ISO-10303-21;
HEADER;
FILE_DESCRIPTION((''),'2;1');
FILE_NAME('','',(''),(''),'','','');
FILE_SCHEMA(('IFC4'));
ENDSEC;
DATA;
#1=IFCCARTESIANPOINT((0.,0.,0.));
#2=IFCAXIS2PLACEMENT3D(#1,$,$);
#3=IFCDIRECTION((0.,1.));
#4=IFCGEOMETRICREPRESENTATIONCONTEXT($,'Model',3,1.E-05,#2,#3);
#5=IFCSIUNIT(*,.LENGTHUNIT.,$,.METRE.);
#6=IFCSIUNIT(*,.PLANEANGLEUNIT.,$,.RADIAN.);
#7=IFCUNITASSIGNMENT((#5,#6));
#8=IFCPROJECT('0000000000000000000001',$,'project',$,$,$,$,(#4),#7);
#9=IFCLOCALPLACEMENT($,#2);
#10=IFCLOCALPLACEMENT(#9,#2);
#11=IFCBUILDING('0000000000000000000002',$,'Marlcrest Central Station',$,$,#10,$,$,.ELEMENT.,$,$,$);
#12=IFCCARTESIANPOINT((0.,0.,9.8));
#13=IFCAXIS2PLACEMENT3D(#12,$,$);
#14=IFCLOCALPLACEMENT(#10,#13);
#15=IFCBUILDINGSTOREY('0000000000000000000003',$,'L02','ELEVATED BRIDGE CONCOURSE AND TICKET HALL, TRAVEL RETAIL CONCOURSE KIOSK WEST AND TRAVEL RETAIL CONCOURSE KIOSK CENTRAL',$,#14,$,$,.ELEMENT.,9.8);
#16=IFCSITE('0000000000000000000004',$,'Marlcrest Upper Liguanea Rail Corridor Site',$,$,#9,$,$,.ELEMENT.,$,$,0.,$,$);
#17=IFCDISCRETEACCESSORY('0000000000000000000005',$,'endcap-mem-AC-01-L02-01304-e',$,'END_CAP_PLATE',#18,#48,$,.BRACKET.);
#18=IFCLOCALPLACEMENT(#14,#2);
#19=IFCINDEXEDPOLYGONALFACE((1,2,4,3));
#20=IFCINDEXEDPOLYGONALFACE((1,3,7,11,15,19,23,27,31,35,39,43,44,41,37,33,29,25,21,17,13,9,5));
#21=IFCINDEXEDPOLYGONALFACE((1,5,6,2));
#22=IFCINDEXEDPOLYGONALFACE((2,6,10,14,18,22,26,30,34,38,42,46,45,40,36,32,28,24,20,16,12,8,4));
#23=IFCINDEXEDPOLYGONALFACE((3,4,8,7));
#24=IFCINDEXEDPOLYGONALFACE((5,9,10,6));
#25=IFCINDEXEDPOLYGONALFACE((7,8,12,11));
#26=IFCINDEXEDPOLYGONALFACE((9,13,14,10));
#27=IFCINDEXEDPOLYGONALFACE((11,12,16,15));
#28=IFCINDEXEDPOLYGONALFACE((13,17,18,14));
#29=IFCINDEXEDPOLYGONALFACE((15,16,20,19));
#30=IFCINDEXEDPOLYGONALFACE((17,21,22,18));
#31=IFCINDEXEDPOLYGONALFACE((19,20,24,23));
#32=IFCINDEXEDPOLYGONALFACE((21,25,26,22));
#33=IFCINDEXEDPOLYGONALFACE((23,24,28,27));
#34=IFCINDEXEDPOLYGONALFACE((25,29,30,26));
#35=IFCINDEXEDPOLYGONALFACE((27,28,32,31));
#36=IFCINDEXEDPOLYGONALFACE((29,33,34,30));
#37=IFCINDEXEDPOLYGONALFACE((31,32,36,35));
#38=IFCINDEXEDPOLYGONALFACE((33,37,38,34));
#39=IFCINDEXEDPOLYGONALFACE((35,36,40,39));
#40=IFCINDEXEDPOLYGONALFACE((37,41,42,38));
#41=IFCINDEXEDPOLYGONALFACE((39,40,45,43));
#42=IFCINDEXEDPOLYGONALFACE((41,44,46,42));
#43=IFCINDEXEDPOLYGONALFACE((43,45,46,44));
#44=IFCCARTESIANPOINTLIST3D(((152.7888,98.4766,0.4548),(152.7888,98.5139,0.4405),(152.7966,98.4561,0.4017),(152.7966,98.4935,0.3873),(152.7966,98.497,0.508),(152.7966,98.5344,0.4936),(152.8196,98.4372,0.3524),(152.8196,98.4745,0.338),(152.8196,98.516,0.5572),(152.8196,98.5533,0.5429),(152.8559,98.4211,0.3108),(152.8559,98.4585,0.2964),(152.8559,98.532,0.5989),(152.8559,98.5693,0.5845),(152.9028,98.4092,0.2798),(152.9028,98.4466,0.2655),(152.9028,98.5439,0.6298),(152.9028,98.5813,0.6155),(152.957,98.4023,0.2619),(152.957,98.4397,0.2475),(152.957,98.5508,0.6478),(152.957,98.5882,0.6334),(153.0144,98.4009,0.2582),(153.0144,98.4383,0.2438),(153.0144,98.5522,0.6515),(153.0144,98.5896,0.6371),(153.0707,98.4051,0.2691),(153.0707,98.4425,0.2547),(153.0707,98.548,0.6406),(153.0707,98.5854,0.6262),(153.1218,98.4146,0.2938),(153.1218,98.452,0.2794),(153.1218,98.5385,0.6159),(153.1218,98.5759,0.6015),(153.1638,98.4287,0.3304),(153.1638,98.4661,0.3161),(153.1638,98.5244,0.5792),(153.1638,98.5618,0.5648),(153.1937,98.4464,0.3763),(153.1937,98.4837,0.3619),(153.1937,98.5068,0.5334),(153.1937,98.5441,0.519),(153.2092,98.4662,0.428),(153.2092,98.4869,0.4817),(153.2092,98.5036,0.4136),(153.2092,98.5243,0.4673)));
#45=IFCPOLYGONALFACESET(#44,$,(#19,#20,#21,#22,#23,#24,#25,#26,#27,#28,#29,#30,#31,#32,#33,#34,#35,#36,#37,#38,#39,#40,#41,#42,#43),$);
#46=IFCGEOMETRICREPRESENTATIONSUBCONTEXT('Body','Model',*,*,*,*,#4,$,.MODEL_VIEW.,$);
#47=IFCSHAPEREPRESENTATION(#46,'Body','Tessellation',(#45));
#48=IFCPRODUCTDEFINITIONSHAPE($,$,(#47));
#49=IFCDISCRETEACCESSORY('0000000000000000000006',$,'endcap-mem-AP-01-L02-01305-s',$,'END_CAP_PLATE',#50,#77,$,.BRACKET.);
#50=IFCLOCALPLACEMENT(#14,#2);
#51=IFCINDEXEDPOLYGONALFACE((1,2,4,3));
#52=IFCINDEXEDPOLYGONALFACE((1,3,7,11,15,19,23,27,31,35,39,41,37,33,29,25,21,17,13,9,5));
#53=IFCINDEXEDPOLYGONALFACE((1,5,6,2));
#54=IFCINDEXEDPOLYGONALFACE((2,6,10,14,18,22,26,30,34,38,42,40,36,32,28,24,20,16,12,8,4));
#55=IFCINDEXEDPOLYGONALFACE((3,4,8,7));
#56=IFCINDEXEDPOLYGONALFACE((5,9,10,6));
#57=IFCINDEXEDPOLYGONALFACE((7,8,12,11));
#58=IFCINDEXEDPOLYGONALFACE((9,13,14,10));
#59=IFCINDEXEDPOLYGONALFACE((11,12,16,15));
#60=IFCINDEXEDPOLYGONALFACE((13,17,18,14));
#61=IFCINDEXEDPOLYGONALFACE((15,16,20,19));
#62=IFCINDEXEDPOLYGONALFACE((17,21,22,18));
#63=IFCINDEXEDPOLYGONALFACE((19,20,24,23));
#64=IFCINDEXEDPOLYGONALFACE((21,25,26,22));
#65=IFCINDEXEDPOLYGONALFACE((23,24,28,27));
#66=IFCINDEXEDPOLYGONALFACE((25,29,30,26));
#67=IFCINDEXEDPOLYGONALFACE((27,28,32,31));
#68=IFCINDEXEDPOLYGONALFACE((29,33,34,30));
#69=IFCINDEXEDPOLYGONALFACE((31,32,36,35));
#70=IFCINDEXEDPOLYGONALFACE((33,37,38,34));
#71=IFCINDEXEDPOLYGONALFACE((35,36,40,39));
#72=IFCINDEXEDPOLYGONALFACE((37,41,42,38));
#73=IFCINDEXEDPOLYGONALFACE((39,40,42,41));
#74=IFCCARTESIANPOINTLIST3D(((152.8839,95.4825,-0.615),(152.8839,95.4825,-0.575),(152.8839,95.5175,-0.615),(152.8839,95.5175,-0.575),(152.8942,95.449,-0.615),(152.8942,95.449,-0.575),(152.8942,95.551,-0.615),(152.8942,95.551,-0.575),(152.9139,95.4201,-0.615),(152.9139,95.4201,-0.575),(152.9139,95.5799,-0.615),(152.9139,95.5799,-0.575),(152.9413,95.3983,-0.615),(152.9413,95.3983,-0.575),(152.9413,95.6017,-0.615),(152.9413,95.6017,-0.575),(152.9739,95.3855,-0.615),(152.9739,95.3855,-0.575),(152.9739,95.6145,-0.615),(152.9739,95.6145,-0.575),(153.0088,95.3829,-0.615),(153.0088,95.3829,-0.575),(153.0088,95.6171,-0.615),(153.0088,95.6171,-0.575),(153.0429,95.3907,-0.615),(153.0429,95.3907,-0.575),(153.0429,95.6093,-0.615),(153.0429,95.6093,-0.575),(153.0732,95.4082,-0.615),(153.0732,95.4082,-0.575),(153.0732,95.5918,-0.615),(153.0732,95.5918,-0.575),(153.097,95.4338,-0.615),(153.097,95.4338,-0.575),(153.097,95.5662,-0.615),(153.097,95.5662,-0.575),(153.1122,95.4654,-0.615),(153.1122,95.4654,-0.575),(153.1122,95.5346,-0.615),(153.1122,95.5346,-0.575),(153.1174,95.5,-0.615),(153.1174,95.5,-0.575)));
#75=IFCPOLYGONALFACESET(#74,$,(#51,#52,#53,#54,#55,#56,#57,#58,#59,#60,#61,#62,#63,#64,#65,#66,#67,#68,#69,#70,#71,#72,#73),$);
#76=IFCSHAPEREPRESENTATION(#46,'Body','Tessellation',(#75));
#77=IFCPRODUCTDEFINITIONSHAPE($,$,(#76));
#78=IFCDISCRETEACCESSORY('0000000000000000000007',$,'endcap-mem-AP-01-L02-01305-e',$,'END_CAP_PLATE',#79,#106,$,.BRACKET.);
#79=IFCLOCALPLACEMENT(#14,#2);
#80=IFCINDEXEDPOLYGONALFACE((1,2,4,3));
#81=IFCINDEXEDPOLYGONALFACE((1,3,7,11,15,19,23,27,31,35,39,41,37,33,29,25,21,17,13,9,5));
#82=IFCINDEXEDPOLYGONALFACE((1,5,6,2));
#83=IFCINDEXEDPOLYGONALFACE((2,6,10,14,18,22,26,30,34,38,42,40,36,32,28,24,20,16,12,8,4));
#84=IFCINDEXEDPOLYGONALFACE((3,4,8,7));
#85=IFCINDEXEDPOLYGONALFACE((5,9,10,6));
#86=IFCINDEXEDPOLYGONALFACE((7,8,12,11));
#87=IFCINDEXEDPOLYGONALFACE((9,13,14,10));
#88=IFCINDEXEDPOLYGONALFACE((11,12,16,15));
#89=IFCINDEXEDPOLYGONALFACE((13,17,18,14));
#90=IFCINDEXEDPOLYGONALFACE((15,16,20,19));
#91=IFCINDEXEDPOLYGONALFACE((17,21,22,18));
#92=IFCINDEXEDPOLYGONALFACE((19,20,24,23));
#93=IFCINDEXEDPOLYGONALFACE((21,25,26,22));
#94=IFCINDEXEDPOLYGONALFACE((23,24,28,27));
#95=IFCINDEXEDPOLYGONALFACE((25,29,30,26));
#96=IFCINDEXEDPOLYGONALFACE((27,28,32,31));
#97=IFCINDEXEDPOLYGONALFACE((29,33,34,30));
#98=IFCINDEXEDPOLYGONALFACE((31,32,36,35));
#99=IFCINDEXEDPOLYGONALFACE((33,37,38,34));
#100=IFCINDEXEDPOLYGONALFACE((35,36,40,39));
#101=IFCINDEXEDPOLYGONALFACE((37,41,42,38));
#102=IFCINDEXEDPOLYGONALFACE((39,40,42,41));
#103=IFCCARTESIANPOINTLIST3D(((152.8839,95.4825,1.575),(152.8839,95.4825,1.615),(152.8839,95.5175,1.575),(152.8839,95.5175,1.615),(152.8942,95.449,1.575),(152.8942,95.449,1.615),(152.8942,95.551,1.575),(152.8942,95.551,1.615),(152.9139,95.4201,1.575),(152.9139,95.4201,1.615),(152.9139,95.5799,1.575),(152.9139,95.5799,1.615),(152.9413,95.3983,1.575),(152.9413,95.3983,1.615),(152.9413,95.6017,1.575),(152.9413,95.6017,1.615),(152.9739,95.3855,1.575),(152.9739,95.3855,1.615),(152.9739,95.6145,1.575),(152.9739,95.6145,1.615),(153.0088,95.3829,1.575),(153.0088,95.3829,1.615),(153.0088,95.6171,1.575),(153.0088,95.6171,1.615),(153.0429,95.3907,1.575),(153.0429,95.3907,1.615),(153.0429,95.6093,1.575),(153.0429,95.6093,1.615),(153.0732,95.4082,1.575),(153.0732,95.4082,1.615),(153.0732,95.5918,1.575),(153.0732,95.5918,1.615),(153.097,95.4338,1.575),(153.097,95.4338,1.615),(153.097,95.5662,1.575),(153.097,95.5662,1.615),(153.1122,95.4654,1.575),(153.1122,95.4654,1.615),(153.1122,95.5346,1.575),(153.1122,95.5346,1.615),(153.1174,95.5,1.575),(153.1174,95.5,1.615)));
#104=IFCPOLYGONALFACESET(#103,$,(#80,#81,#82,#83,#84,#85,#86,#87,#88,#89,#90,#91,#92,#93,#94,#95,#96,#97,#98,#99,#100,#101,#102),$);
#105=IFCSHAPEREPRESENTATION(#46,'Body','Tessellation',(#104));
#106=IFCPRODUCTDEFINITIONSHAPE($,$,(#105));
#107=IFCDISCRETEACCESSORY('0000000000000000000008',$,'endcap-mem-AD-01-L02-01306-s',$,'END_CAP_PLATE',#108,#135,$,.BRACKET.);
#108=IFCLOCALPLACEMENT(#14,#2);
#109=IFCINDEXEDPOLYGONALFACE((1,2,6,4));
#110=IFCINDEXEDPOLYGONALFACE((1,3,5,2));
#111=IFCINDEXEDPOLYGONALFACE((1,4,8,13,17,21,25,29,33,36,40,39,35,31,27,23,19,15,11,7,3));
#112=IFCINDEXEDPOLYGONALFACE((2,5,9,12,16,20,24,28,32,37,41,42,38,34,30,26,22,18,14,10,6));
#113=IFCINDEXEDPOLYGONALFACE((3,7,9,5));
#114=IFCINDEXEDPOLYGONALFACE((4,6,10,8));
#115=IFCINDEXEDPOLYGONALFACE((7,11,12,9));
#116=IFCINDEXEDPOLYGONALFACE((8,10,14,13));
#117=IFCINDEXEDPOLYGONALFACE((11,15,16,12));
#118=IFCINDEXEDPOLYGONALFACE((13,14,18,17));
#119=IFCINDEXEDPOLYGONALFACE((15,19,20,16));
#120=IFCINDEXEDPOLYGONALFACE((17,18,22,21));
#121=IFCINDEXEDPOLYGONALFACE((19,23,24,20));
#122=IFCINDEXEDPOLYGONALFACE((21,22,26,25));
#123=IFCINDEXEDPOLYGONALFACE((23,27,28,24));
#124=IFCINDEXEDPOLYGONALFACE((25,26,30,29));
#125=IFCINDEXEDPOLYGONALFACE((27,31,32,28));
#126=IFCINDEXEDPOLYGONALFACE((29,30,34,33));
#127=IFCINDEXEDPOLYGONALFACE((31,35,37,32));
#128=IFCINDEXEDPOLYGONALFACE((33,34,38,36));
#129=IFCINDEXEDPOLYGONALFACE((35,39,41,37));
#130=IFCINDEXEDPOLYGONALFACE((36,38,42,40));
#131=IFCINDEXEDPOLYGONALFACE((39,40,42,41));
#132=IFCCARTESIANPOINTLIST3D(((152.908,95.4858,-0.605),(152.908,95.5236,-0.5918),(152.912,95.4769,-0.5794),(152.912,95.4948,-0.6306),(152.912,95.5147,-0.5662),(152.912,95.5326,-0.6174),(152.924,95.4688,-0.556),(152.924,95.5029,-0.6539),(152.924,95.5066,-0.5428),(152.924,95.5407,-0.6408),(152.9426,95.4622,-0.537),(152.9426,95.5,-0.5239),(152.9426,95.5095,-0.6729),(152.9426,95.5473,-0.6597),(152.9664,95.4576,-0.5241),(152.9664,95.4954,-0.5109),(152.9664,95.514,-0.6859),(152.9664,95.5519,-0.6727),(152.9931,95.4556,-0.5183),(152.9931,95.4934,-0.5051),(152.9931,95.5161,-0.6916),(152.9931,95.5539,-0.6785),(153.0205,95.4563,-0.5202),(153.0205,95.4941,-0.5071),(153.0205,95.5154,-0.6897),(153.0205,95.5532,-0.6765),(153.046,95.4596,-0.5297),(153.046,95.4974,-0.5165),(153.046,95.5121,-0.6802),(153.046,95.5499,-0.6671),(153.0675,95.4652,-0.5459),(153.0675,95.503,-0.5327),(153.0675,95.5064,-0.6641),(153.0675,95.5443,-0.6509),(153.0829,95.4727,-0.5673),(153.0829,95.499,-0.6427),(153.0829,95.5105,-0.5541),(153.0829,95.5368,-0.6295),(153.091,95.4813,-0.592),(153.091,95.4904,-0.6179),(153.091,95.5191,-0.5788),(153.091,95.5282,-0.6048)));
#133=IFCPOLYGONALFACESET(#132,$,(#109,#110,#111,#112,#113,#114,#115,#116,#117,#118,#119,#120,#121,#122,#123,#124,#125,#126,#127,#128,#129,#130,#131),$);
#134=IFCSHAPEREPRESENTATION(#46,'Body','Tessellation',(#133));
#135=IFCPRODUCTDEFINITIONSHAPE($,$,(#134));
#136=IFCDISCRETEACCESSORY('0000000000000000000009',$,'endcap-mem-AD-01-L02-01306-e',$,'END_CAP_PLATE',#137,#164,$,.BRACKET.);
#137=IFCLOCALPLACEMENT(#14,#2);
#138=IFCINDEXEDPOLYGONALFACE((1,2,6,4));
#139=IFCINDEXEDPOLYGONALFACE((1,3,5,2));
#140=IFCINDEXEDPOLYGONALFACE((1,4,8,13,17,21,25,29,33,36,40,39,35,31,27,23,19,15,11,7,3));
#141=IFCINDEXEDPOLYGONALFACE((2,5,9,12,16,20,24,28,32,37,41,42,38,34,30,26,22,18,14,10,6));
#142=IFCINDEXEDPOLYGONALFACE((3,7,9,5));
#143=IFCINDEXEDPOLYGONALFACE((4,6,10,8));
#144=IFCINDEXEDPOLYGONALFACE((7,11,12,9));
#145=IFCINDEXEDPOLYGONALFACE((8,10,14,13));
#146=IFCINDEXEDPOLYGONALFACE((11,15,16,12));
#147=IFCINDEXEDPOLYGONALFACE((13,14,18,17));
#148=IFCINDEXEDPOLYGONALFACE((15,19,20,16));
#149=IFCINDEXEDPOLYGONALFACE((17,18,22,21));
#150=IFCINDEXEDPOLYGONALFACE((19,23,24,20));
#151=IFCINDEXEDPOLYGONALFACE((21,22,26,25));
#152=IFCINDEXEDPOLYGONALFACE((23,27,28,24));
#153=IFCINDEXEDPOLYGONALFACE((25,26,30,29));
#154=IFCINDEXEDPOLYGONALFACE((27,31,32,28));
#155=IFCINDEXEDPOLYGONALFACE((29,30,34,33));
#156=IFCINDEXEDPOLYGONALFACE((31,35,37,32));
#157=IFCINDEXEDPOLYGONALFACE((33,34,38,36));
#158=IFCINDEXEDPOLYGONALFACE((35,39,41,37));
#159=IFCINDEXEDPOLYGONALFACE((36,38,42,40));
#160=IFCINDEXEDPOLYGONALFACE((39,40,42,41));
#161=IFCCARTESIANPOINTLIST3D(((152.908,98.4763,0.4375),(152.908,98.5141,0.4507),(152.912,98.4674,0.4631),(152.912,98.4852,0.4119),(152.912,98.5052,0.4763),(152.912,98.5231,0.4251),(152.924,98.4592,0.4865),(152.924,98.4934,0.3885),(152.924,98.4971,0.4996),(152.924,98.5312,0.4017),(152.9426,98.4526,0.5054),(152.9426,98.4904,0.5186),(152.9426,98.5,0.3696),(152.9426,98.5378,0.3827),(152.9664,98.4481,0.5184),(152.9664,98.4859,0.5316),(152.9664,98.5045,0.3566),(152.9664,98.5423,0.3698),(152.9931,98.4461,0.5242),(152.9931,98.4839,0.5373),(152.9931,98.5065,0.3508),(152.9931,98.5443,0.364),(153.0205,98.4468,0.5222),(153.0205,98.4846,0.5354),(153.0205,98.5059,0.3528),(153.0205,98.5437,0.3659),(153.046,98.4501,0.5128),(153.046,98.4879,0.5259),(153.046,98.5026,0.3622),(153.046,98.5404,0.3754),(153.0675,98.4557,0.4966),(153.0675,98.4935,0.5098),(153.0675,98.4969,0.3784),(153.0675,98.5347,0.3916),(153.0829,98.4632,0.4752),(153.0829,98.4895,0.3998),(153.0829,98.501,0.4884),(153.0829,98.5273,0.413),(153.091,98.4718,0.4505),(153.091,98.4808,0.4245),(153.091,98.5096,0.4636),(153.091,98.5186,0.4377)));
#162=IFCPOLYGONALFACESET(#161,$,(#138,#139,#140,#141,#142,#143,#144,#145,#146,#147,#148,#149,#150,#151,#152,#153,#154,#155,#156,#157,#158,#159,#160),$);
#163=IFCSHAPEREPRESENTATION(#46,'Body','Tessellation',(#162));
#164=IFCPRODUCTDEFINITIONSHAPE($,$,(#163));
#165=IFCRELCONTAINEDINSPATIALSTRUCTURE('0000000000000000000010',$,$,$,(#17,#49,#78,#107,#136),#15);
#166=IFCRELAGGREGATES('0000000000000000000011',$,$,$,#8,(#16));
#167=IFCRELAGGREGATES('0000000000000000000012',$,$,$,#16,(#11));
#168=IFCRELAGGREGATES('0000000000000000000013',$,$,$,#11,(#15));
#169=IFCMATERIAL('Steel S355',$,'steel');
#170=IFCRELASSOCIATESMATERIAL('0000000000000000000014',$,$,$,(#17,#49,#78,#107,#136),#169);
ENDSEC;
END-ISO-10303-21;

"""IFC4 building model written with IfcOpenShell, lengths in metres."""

from ifc_helpers import new_model, si_unit, direction, frame, origin, origin_2d, place, context, subcontext, project, spatial, circle, extrude, material, element, save


model = new_model("IFC4")

# Units and contexts
model_context = context("Model", 3, precision=1e-05, world=origin(), true_north=direction((0.0, 1.0)))
body_context = subcontext(model_context, "Body", "Model", "MODEL_VIEW")
ifc_project = project(units=[si_unit("LENGTHUNIT", "METRE"), si_unit("PLANEANGLEUNIT", "RADIAN")], contexts=[model_context])

# Site, building, storey
site_placement = place(None, origin())
site = spatial("IfcSite", under=ifc_project, at=site_placement, Name="Marlcrest Upper Liguanea Rail Corridor Site", CompositionType="ELEMENT", RefElevation=0.0)
building_placement = place(site_placement, origin())
building = spatial("IfcBuilding", under=site, at=building_placement, Name="Marlcrest Central Station", CompositionType="ELEMENT")
storey_placement = place(building_placement, frame((0.0, 0.0, 9.8)))
storey = spatial("IfcBuildingStorey", under=building, at=storey_placement, Name="L02", Description="ELEVATED BRIDGE CONCOURSE AND TICKET HALL, TRAVEL RETAIL CONCOURSE KIOSK WEST AND TRAVEL RETAIL CONCOURSE KIOSK CENTRAL", CompositionType="ELEMENT", Elevation=9.8)

# Shared definitions
ifc_material_1 = material(Name="Steel S355", Category="steel")

# Discrete accessories
for number, where, z_axis, x_axis, name in (
    (1, (153.0, 98.4766, 0.4548), (0.0, 0.933324, -0.359035), (-1.0, 0.0, 0.0), "endcap-mem-AC-01-L02-01304-e"),
):
    element("IfcDiscreteAccessory", number, at=place(storey_placement, frame(where, z_axis=z_axis, x_axis=x_axis)), inside=storey, material=ifc_material_1, Name=name, ObjectType="END_CAP_PLATE", PredefinedType="BRACKET", context=body_context, shape_type="SweptSolid", body=[
        extrude(circle(Radius=0.2112, at=origin_2d()), origin(), (0.0, 0.0, 1.0), 0.04),
    ])
for number, where, z_axis, x_axis, name in (
    (2, (153.0, 95.5, -0.615), (0.0, 0.0, 1.0), (1.0, 0.0, 0.0), "endcap-mem-AP-01-L02-01305-s"),
    (3, (153.0, 95.5, 1.575), (0.0, 0.0, 1.0), (1.0, 0.0, 0.0), "endcap-mem-AP-01-L02-01305-e"),
):
    element("IfcDiscreteAccessory", number, at=place(storey_placement, frame(where, z_axis=z_axis, x_axis=x_axis)), inside=storey, material=ifc_material_1, Name=name, ObjectType="END_CAP_PLATE", PredefinedType="BRACKET", context=body_context, shape_type="SweptSolid", body=[
        extrude(circle(Radius=0.1174, at=origin_2d()), origin(), (0.0, 0.0, 1.0), 0.04),
    ])
for number, where, z_axis, x_axis, name in (
    (4, (153.0, 95.4858, -0.605), (0.0, 0.94426, 0.3292), (-1.0, 0.0, 0.0), "endcap-mem-AD-01-L02-01306-s"),
    (5, (153.0, 98.4763, 0.4375), (0.0, 0.94426, 0.3292), (-1.0, 0.0, 0.0), "endcap-mem-AD-01-L02-01306-e"),
):
    element("IfcDiscreteAccessory", number, at=place(storey_placement, frame(where, z_axis=z_axis, x_axis=x_axis)), inside=storey, material=ifc_material_1, Name=name, ObjectType="END_CAP_PLATE", PredefinedType="BRACKET", context=body_context, shape_type="SweptSolid", body=[
        extrude(circle(Radius=0.092, at=origin_2d()), origin(), (0.0, 0.0, 1.0), 0.04),
    ])

save(model, "model.ifc")
